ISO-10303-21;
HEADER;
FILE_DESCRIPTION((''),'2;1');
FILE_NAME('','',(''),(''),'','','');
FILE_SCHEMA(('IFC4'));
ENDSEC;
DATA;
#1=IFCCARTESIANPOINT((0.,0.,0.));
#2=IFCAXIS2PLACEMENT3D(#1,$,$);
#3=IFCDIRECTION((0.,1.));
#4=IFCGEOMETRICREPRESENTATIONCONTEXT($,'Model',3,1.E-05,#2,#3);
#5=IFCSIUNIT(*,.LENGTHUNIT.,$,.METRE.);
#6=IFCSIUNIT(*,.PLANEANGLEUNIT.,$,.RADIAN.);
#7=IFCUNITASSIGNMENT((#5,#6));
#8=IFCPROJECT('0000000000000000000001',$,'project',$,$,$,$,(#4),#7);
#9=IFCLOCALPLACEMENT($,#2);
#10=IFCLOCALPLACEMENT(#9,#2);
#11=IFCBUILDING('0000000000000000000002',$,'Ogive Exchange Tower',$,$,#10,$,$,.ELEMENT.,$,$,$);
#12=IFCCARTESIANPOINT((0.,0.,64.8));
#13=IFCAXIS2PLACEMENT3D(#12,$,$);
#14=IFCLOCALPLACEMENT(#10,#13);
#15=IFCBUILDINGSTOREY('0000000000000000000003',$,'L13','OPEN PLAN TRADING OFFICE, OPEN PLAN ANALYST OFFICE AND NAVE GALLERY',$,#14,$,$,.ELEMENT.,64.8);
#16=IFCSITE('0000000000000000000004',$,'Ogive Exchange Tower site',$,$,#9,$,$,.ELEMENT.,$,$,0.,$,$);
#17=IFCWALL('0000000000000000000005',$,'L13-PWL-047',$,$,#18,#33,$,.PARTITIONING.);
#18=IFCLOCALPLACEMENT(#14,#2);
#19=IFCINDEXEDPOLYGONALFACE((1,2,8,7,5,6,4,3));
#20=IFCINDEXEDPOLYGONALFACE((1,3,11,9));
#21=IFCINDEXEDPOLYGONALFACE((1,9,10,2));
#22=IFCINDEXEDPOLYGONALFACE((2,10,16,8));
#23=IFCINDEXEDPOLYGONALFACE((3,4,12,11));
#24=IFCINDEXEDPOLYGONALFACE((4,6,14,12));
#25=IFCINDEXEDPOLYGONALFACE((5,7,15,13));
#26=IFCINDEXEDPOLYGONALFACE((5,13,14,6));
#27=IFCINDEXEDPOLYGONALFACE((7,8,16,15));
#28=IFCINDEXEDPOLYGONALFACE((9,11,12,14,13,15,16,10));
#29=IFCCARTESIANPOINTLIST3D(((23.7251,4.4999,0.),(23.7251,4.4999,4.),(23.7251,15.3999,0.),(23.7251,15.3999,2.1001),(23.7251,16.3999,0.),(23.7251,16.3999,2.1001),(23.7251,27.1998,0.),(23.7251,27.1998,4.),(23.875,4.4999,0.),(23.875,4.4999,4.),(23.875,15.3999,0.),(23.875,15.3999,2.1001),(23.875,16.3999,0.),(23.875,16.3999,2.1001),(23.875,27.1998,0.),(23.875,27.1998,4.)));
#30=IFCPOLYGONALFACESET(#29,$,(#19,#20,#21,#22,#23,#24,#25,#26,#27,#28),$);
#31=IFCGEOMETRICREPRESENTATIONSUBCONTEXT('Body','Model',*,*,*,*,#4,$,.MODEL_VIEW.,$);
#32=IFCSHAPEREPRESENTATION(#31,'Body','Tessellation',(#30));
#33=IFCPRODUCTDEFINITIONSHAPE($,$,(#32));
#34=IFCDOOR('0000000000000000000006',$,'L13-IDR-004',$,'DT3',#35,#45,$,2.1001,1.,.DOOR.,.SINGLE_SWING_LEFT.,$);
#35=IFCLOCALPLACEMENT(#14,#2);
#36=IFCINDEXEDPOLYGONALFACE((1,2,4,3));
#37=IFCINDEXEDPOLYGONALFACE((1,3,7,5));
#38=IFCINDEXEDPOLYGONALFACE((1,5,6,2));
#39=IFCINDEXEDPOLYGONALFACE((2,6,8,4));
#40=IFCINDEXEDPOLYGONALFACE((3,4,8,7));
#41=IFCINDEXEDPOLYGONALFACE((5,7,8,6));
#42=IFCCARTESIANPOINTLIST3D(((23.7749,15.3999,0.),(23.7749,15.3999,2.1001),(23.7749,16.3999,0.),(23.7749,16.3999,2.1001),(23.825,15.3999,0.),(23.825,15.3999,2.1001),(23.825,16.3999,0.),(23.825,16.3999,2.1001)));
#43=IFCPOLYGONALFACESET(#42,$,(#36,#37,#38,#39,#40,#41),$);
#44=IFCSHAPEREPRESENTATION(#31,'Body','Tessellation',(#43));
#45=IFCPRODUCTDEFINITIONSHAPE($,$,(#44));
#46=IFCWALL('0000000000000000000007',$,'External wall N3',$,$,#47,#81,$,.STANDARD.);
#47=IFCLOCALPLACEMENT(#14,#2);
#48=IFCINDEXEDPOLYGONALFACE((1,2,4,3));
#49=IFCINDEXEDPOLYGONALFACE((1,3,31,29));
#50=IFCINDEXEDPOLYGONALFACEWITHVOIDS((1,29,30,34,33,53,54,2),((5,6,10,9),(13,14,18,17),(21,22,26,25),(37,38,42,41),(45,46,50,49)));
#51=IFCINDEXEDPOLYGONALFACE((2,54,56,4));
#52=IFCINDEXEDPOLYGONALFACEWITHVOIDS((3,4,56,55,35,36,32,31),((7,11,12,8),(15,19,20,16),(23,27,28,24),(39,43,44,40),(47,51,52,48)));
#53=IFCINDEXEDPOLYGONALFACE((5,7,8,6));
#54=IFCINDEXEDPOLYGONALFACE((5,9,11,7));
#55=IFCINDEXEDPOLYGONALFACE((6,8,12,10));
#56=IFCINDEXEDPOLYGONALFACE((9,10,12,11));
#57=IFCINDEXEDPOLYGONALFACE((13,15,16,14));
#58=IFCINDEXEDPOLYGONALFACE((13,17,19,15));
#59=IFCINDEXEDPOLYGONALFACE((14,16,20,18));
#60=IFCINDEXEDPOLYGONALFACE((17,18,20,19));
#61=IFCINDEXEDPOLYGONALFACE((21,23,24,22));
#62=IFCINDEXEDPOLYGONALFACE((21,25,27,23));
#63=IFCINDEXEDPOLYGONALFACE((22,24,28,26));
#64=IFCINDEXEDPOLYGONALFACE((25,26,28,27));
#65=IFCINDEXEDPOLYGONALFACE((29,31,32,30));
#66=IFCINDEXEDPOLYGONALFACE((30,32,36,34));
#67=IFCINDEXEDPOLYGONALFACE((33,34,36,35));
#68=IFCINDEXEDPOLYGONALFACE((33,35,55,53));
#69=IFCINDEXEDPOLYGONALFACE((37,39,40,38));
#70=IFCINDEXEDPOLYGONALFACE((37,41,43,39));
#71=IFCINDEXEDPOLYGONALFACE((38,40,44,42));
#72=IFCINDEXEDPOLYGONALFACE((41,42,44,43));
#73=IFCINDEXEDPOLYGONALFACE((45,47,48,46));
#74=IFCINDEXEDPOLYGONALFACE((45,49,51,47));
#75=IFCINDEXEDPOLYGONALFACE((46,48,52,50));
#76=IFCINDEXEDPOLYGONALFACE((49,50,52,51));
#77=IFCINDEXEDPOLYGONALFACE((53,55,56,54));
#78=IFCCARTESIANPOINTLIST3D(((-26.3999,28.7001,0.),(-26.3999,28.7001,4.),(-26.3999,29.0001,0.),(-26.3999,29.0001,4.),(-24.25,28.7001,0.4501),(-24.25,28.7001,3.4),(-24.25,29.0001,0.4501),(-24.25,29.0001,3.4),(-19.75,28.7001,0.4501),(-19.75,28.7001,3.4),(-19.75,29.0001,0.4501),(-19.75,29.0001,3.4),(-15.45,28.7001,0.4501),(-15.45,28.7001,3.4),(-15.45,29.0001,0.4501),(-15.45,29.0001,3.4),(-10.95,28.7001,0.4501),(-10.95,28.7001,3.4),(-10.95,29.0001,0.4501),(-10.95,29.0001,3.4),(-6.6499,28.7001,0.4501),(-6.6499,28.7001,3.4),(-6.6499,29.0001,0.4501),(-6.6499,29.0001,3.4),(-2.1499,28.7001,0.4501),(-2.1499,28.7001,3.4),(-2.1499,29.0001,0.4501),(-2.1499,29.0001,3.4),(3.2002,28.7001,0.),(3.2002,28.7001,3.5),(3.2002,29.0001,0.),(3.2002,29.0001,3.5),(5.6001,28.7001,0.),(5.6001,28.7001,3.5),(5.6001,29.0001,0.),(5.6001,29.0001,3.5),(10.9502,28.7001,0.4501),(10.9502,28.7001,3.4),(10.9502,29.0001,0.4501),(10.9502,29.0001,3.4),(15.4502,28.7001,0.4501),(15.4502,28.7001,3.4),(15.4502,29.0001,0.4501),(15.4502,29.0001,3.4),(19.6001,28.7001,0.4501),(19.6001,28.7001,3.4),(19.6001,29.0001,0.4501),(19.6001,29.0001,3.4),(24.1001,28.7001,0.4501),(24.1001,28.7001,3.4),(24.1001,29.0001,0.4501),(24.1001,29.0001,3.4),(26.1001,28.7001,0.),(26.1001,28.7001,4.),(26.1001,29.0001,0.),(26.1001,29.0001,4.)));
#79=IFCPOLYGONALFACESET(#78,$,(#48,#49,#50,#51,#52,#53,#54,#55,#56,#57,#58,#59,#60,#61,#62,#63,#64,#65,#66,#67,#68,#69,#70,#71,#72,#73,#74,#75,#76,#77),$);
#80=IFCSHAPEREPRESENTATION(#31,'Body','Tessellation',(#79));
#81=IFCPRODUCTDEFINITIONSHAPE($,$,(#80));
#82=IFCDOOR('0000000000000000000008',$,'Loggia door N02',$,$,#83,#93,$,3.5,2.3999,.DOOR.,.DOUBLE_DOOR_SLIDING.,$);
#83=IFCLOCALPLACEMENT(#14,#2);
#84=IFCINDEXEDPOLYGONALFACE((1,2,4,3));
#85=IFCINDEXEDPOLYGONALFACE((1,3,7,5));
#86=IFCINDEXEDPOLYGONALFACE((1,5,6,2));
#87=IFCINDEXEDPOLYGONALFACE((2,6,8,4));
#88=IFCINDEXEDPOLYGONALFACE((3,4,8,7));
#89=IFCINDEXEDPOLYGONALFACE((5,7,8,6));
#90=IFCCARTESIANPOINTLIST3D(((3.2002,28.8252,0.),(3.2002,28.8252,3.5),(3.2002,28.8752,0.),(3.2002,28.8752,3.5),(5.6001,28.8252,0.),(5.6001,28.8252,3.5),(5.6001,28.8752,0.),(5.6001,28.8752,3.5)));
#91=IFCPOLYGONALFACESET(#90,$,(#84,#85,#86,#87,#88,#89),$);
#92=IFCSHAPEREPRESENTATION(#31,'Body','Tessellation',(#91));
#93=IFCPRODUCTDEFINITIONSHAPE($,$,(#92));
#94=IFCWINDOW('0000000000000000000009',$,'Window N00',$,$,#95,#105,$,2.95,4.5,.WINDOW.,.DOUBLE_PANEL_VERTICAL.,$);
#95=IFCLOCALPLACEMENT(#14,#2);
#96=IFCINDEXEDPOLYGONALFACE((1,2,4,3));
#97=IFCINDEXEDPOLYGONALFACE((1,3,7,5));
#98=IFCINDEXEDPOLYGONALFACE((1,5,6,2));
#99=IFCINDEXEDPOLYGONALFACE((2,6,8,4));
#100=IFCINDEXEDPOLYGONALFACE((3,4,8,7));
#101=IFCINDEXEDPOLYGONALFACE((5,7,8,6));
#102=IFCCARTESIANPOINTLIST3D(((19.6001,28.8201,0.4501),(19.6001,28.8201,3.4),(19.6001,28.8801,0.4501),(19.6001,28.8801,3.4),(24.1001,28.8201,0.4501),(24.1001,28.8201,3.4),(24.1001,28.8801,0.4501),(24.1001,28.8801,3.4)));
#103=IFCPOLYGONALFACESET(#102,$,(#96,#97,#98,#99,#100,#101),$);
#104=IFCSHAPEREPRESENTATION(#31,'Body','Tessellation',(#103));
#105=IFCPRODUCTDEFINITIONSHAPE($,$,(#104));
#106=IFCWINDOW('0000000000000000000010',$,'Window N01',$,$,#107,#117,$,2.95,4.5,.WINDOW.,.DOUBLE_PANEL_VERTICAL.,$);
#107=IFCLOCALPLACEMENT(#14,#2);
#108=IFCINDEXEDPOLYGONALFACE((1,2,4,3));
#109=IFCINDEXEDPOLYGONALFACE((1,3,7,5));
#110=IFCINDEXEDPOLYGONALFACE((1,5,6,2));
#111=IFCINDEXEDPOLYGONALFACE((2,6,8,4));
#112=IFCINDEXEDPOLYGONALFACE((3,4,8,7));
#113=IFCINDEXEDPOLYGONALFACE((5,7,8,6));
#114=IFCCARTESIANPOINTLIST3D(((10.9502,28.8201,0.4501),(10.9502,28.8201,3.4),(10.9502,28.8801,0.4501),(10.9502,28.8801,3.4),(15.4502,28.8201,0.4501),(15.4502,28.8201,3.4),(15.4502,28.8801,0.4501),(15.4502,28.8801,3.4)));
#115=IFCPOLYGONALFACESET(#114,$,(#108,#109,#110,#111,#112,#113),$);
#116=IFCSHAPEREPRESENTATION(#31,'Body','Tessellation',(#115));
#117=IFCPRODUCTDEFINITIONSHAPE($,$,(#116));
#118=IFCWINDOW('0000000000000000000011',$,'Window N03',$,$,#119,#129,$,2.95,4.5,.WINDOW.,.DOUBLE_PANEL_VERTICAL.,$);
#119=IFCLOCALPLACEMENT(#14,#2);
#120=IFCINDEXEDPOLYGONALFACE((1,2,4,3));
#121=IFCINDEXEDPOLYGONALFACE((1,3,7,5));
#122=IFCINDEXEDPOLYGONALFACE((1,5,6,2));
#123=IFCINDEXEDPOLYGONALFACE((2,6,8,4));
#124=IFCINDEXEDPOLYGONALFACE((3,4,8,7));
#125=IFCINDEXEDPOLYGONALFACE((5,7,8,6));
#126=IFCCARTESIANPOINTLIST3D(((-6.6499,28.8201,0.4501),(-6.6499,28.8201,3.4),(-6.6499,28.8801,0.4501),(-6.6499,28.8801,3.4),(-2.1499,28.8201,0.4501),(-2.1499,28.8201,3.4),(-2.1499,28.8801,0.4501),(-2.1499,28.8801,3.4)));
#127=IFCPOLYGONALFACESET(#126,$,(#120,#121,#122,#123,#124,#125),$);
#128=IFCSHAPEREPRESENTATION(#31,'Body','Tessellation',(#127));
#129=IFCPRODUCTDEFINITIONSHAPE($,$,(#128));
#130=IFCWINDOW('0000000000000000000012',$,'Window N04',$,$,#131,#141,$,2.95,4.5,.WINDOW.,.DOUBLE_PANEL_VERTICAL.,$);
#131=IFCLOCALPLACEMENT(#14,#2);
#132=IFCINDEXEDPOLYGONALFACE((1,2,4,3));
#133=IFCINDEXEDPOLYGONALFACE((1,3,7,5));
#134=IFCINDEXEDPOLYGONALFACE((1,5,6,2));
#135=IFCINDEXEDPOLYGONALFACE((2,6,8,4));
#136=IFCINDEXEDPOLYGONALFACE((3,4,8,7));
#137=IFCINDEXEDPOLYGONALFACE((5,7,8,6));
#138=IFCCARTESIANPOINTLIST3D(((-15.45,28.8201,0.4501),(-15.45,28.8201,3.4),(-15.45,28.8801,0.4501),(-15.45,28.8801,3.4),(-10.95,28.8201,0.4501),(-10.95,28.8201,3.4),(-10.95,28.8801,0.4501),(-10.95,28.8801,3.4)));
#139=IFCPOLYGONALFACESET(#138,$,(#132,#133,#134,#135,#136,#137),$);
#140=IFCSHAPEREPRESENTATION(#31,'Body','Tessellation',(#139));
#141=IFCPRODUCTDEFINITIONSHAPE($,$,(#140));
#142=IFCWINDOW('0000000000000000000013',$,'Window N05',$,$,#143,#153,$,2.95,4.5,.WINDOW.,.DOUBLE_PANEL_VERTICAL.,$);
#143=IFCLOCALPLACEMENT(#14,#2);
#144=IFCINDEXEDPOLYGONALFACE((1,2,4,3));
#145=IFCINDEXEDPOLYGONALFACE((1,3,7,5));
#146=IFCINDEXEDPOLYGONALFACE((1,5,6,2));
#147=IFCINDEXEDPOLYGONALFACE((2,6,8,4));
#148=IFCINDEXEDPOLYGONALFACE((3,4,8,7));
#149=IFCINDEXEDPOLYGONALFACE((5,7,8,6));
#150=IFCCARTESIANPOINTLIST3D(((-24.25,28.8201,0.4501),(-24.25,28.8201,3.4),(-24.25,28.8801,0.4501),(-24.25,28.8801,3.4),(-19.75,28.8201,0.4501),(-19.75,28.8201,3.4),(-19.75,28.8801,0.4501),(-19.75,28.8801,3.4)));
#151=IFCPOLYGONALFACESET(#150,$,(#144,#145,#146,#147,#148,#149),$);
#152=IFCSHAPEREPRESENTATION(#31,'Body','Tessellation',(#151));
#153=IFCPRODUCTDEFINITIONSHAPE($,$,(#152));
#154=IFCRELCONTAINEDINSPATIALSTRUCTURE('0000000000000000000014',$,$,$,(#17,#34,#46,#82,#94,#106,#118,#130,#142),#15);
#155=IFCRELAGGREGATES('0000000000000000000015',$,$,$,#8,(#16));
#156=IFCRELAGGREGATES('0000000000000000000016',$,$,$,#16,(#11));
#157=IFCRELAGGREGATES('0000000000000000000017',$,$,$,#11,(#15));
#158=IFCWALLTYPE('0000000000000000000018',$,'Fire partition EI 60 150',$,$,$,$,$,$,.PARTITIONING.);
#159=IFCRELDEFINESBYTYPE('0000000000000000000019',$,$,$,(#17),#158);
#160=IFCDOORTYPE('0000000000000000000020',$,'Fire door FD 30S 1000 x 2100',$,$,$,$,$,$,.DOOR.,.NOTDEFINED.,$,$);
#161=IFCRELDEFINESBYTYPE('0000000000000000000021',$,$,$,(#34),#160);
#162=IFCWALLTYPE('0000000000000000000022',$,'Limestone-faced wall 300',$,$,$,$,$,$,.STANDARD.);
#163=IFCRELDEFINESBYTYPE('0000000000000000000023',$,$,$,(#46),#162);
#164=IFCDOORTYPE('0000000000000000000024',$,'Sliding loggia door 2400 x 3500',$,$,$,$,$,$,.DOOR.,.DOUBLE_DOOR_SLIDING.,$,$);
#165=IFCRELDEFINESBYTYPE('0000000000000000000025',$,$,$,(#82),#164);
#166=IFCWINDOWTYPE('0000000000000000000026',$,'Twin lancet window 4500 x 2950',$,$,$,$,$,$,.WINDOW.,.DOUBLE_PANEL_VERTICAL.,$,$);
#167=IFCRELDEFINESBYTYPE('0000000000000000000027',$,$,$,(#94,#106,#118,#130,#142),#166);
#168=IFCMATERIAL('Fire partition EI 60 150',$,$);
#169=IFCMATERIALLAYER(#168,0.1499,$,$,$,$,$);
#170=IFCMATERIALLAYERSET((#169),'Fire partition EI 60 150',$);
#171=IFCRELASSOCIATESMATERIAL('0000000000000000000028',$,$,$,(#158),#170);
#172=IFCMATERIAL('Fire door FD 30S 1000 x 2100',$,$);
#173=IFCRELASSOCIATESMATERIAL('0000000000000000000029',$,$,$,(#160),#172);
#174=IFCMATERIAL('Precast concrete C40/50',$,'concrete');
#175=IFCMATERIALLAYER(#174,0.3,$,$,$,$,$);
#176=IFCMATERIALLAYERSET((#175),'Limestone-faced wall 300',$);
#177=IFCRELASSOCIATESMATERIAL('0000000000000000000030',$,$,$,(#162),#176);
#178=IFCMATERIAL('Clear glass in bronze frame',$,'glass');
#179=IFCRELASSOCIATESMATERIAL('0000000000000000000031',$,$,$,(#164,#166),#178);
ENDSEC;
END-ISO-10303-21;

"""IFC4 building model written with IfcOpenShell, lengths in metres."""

from ifc_helpers import new_model, si_unit, direction, frame, frame_2d, origin, place, context, subcontext, project, spatial, rectangle, extrude, material, layer, layer_set, type_object, element, fill, save


model = new_model("IFC4")

# Units and contexts
model_context = context("Model", 3, precision=1e-05, world=origin(), true_north=direction((0.0, 1.0)))
body_context = subcontext(model_context, "Body", "Model", "MODEL_VIEW")
ifc_project = project(units=[si_unit("LENGTHUNIT", "METRE"), si_unit("PLANEANGLEUNIT", "RADIAN")], contexts=[model_context])

# Site, building, storey
site_placement = place(None, origin())
site = spatial("IfcSite", under=ifc_project, at=site_placement, Name="Ogive Exchange Tower site", CompositionType="ELEMENT", RefElevation=0.0)
building_placement = place(site_placement, origin())
building = spatial("IfcBuilding", under=site, at=building_placement, Name="Ogive Exchange Tower", CompositionType="ELEMENT")
storey_placement = place(building_placement, frame((0.0, 0.0, 64.8)))
storey = spatial("IfcBuildingStorey", under=building, at=storey_placement, Name="L13", Description="OPEN PLAN TRADING OFFICE, OPEN PLAN ANALYST OFFICE AND NAVE GALLERY", CompositionType="ELEMENT", Elevation=64.8)

# Shared definitions
ifc_material_1 = material(Name="Fire partition EI 60 150")
ifc_layer_1 = layer(ifc_material_1, 0.1499)
ifc_layer_set_1 = layer_set([ifc_layer_1], Name="Fire partition EI 60 150")
wall_type_1 = type_object("IfcWallType", Name="Fire partition EI 60 150", PredefinedType="PARTITIONING", material=ifc_layer_set_1)

# Wall, opening, door
wall_1_placement = place(storey_placement, frame((23.8, 27.2, 0.0), z_axis=(0.0, 0.0, 1.0), x_axis=(0.0, -1.0, 0.0)))
wall_1 = element("IfcWall", 1, at=wall_1_placement, inside=storey, type_object=wall_type_1, Name="L13-PWL-047", PredefinedType="PARTITIONING", context=body_context, shape_type="SweptSolid", body=[
    extrude(rectangle(XDim=22.7, YDim=0.1499, at=frame_2d((11.3501, 0.0))), origin(), (0.0, 0.0, 1.0), 4.0),
])
opening_1_placement = place(wall_1_placement, frame((10.8, 0.0, 0.0)))
opening_1 = element("IfcOpeningElement", 2, at=opening_1_placement, cuts=wall_1, PredefinedType="OPENING", context=body_context, shape_type="SweptSolid", body=[
    extrude(rectangle(XDim=1.0, YDim=2.1001, at=frame_2d((0.5, 1.05))), frame((0.0, 0.085, 0.0), z_axis=(0.0, -1.0, 0.0), x_axis=(1.0, 0.0, 0.0)), (0.0, 0.0, 1.0), 0.1699),
])
ifc_material_2 = material(Name="Fire door FD 30S 1000 x 2100")
door_type_1 = type_object("IfcDoorType", Name="Fire door FD 30S 1000 x 2100", OperationType="NOTDEFINED", PredefinedType="DOOR", material=ifc_material_2)
door_1_placement = place(opening_1_placement, origin())
door_1 = element("IfcDoor", 3, at=door_1_placement, inside=storey, type_object=door_type_1, Name="L13-IDR-004", ObjectType="DT3", OperationType="SINGLE_SWING_LEFT", OverallHeight=2.1001, OverallWidth=1.0, PredefinedType="DOOR", context=body_context, shape_type="SweptSolid", body=[
    extrude(rectangle(XDim=1.0, YDim=2.1001, at=frame_2d((0.5, 1.05))), frame((0.0, 0.0249, 0.0), z_axis=(0.0, -1.0, 0.0), x_axis=(1.0, 0.0, 0.0)), (0.0, 0.0, 1.0), 0.05),
])
fill(opening_1, door_1)

# Wall, openings, door, windows
ifc_material_3 = material(Name="Precast concrete C40/50", Category="concrete")
ifc_layer_2 = layer(ifc_material_3, 0.3)
ifc_layer_set_2 = layer_set([ifc_layer_2], Name="Limestone-faced wall 300")
wall_type_2 = type_object("IfcWallType", Name="Limestone-faced wall 300", PredefinedType="STANDARD", material=ifc_layer_set_2)
wall_2_placement = place(storey_placement, frame((26.1001, 28.8501, 0.0), z_axis=(0.0, 0.0, 1.0), x_axis=(-1.0, 0.0, 0.0)))
wall_2 = element("IfcWall", 4, at=wall_2_placement, inside=storey, type_object=wall_type_2, Name="External wall N3", PredefinedType="STANDARD", context=body_context, shape_type="SweptSolid", body=[
    extrude(rectangle(XDim=52.5, YDim=0.3, at=frame_2d((26.25, 0.0))), origin(), (0.0, 0.0, 1.0), 4.0),
])
opening_2_placement = place(wall_2_placement, frame((2.0, 0.0, 0.45)))
opening_2 = element("IfcOpeningElement", 5, at=opening_2_placement, cuts=wall_2, PredefinedType="OPENING", context=body_context, shape_type="SweptSolid", body=[
    extrude(rectangle(XDim=4.5, YDim=2.95, at=frame_2d((2.25, 1.4751))), frame((0.0, 0.1599, 0.0), z_axis=(0.0, -1.0, 0.0), x_axis=(1.0, 0.0, 0.0)), (0.0, 0.0, 1.0), 0.3201),
])
opening_3_placement = place(wall_2_placement, frame((10.6499, 0.0, 0.45)))
opening_3 = element("IfcOpeningElement", 6, at=opening_3_placement, cuts=wall_2, PredefinedType="OPENING", context=body_context, shape_type="SweptSolid", body=[
    extrude(rectangle(XDim=4.5, YDim=2.95, at=frame_2d((2.25, 1.4751))), frame((0.0, 0.1599, 0.0), z_axis=(0.0, -1.0, 0.0), x_axis=(1.0, 0.0, 0.0)), (0.0, 0.0, 1.0), 0.3201),
])
opening_4_placement = place(wall_2_placement, frame((20.5, 0.0, 0.0)))
opening_4 = element("IfcOpeningElement", 7, at=opening_4_placement, cuts=wall_2, PredefinedType="OPENING", context=body_context, shape_type="SweptSolid", body=[
    extrude(rectangle(XDim=2.3999, YDim=3.5, at=frame_2d((1.2, 1.75))), frame((0.0, 0.1599, 0.0), z_axis=(0.0, -1.0, 0.0), x_axis=(1.0, 0.0, 0.0)), (0.0, 0.0, 1.0), 0.3201),
])
opening_5_placement = place(wall_2_placement, frame((28.25, 0.0, 0.45)))
opening_5 = element("IfcOpeningElement", 8, at=opening_5_placement, cuts=wall_2, PredefinedType="OPENING", context=body_context, shape_type="SweptSolid", body=[
    extrude(rectangle(XDim=4.5, YDim=2.95, at=frame_2d((2.25, 1.4751))), frame((0.0, 0.1599, 0.0), z_axis=(0.0, -1.0, 0.0), x_axis=(1.0, 0.0, 0.0)), (0.0, 0.0, 1.0), 0.3201),
])
opening_6_placement = place(wall_2_placement, frame((37.05, 0.0, 0.45)))
opening_6 = element("IfcOpeningElement", 9, at=opening_6_placement, cuts=wall_2, PredefinedType="OPENING", context=body_context, shape_type="SweptSolid", body=[
    extrude(rectangle(XDim=4.5, YDim=2.95, at=frame_2d((2.25, 1.4751))), frame((0.0, 0.1599, 0.0), z_axis=(0.0, -1.0, 0.0), x_axis=(1.0, 0.0, 0.0)), (0.0, 0.0, 1.0), 0.3201),
])
opening_7_placement = place(wall_2_placement, frame((45.8501, 0.0, 0.45)))
opening_7 = element("IfcOpeningElement", 10, at=opening_7_placement, cuts=wall_2, PredefinedType="OPENING", context=body_context, shape_type="SweptSolid", body=[
    extrude(rectangle(XDim=4.5, YDim=2.95, at=frame_2d((2.25, 1.4751))), frame((0.0, 0.1599, 0.0), z_axis=(0.0, -1.0, 0.0), x_axis=(1.0, 0.0, 0.0)), (0.0, 0.0, 1.0), 0.3201),
])
ifc_material_4 = material(Name="Clear glass in bronze frame", Category="glass")
door_type_2 = type_object("IfcDoorType", Name="Sliding loggia door 2400 x 3500", OperationType="DOUBLE_DOOR_SLIDING", PredefinedType="DOOR", material=ifc_material_4)
door_2_placement = place(opening_4_placement, origin())
door_2 = element("IfcDoor", 11, at=door_2_placement, inside=storey, type_object=door_type_2, Name="Loggia door N02", OperationType="DOUBLE_DOOR_SLIDING", OverallHeight=3.5, OverallWidth=2.3999, PredefinedType="DOOR", context=body_context, shape_type="SweptSolid", body=[
    extrude(rectangle(XDim=2.3999, YDim=3.5, at=frame_2d((1.2, 1.75))), frame((0.0, 0.0249, 0.0), z_axis=(0.0, -1.0, 0.0), x_axis=(1.0, 0.0, 0.0)), (0.0, 0.0, 1.0), 0.05),
])
fill(opening_4, door_2)
window_type = type_object("IfcWindowType", Name="Twin lancet window 4500 x 2950", PartitioningType="DOUBLE_PANEL_VERTICAL", PredefinedType="WINDOW", material=ifc_material_4)
window_1_placement = place(opening_2_placement, origin())
window_1 = element("IfcWindow", 12, at=window_1_placement, inside=storey, type_object=window_type, Name="Window N00", OverallHeight=2.95, OverallWidth=4.5, PartitioningType="DOUBLE_PANEL_VERTICAL", PredefinedType="WINDOW", context=body_context, shape_type="SweptSolid", body=[
    extrude(rectangle(XDim=4.5, YDim=2.95, at=frame_2d((2.25, 1.4751))), frame((0.0, 0.03, 0.0), z_axis=(0.0, -1.0, 0.0), x_axis=(1.0, 0.0, 0.0)), (0.0, 0.0, 1.0), 0.0601),
])
fill(opening_2, window_1)
window_2_placement = place(opening_3_placement, origin())
window_2 = element("IfcWindow", 13, at=window_2_placement, inside=storey, type_object=window_type, Name="Window N01", OverallHeight=2.95, OverallWidth=4.5, PartitioningType="DOUBLE_PANEL_VERTICAL", PredefinedType="WINDOW", context=body_context, shape_type="SweptSolid", body=[
    extrude(rectangle(XDim=4.5, YDim=2.95, at=frame_2d((2.25, 1.4751))), frame((0.0, 0.03, 0.0), z_axis=(0.0, -1.0, 0.0), x_axis=(1.0, 0.0, 0.0)), (0.0, 0.0, 1.0), 0.0601),
])
fill(opening_3, window_2)
window_3_placement = place(opening_5_placement, origin())
window_3 = element("IfcWindow", 14, at=window_3_placement, inside=storey, type_object=window_type, Name="Window N03", OverallHeight=2.95, OverallWidth=4.5, PartitioningType="DOUBLE_PANEL_VERTICAL", PredefinedType="WINDOW", context=body_context, shape_type="SweptSolid", body=[
    extrude(rectangle(XDim=4.5, YDim=2.95, at=frame_2d((2.25, 1.4751))), frame((0.0, 0.03, 0.0), z_axis=(0.0, -1.0, 0.0), x_axis=(1.0, 0.0, 0.0)), (0.0, 0.0, 1.0), 0.0601),
])
fill(opening_5, window_3)
window_4_placement = place(opening_6_placement, origin())
window_4 = element("IfcWindow", 15, at=window_4_placement, inside=storey, type_object=window_type, Name="Window N04", OverallHeight=2.95, OverallWidth=4.5, PartitioningType="DOUBLE_PANEL_VERTICAL", PredefinedType="WINDOW", context=body_context, shape_type="SweptSolid", body=[
    extrude(rectangle(XDim=4.5, YDim=2.95, at=frame_2d((2.25, 1.4751))), frame((0.0, 0.03, 0.0), z_axis=(0.0, -1.0, 0.0), x_axis=(1.0, 0.0, 0.0)), (0.0, 0.0, 1.0), 0.0601),
])
fill(opening_6, window_4)
window_5_placement = place(opening_7_placement, origin())
window_5 = element("IfcWindow", 16, at=window_5_placement, inside=storey, type_object=window_type, Name="Window N05", OverallHeight=2.95, OverallWidth=4.5, PartitioningType="DOUBLE_PANEL_VERTICAL", PredefinedType="WINDOW", context=body_context, shape_type="SweptSolid", body=[
    extrude(rectangle(XDim=4.5, YDim=2.95, at=frame_2d((2.25, 1.4751))), frame((0.0, 0.03, 0.0), z_axis=(0.0, -1.0, 0.0), x_axis=(1.0, 0.0, 0.0)), (0.0, 0.0, 1.0), 0.0601),
])
fill(opening_7, window_5)

save(model, "model.ifc")
